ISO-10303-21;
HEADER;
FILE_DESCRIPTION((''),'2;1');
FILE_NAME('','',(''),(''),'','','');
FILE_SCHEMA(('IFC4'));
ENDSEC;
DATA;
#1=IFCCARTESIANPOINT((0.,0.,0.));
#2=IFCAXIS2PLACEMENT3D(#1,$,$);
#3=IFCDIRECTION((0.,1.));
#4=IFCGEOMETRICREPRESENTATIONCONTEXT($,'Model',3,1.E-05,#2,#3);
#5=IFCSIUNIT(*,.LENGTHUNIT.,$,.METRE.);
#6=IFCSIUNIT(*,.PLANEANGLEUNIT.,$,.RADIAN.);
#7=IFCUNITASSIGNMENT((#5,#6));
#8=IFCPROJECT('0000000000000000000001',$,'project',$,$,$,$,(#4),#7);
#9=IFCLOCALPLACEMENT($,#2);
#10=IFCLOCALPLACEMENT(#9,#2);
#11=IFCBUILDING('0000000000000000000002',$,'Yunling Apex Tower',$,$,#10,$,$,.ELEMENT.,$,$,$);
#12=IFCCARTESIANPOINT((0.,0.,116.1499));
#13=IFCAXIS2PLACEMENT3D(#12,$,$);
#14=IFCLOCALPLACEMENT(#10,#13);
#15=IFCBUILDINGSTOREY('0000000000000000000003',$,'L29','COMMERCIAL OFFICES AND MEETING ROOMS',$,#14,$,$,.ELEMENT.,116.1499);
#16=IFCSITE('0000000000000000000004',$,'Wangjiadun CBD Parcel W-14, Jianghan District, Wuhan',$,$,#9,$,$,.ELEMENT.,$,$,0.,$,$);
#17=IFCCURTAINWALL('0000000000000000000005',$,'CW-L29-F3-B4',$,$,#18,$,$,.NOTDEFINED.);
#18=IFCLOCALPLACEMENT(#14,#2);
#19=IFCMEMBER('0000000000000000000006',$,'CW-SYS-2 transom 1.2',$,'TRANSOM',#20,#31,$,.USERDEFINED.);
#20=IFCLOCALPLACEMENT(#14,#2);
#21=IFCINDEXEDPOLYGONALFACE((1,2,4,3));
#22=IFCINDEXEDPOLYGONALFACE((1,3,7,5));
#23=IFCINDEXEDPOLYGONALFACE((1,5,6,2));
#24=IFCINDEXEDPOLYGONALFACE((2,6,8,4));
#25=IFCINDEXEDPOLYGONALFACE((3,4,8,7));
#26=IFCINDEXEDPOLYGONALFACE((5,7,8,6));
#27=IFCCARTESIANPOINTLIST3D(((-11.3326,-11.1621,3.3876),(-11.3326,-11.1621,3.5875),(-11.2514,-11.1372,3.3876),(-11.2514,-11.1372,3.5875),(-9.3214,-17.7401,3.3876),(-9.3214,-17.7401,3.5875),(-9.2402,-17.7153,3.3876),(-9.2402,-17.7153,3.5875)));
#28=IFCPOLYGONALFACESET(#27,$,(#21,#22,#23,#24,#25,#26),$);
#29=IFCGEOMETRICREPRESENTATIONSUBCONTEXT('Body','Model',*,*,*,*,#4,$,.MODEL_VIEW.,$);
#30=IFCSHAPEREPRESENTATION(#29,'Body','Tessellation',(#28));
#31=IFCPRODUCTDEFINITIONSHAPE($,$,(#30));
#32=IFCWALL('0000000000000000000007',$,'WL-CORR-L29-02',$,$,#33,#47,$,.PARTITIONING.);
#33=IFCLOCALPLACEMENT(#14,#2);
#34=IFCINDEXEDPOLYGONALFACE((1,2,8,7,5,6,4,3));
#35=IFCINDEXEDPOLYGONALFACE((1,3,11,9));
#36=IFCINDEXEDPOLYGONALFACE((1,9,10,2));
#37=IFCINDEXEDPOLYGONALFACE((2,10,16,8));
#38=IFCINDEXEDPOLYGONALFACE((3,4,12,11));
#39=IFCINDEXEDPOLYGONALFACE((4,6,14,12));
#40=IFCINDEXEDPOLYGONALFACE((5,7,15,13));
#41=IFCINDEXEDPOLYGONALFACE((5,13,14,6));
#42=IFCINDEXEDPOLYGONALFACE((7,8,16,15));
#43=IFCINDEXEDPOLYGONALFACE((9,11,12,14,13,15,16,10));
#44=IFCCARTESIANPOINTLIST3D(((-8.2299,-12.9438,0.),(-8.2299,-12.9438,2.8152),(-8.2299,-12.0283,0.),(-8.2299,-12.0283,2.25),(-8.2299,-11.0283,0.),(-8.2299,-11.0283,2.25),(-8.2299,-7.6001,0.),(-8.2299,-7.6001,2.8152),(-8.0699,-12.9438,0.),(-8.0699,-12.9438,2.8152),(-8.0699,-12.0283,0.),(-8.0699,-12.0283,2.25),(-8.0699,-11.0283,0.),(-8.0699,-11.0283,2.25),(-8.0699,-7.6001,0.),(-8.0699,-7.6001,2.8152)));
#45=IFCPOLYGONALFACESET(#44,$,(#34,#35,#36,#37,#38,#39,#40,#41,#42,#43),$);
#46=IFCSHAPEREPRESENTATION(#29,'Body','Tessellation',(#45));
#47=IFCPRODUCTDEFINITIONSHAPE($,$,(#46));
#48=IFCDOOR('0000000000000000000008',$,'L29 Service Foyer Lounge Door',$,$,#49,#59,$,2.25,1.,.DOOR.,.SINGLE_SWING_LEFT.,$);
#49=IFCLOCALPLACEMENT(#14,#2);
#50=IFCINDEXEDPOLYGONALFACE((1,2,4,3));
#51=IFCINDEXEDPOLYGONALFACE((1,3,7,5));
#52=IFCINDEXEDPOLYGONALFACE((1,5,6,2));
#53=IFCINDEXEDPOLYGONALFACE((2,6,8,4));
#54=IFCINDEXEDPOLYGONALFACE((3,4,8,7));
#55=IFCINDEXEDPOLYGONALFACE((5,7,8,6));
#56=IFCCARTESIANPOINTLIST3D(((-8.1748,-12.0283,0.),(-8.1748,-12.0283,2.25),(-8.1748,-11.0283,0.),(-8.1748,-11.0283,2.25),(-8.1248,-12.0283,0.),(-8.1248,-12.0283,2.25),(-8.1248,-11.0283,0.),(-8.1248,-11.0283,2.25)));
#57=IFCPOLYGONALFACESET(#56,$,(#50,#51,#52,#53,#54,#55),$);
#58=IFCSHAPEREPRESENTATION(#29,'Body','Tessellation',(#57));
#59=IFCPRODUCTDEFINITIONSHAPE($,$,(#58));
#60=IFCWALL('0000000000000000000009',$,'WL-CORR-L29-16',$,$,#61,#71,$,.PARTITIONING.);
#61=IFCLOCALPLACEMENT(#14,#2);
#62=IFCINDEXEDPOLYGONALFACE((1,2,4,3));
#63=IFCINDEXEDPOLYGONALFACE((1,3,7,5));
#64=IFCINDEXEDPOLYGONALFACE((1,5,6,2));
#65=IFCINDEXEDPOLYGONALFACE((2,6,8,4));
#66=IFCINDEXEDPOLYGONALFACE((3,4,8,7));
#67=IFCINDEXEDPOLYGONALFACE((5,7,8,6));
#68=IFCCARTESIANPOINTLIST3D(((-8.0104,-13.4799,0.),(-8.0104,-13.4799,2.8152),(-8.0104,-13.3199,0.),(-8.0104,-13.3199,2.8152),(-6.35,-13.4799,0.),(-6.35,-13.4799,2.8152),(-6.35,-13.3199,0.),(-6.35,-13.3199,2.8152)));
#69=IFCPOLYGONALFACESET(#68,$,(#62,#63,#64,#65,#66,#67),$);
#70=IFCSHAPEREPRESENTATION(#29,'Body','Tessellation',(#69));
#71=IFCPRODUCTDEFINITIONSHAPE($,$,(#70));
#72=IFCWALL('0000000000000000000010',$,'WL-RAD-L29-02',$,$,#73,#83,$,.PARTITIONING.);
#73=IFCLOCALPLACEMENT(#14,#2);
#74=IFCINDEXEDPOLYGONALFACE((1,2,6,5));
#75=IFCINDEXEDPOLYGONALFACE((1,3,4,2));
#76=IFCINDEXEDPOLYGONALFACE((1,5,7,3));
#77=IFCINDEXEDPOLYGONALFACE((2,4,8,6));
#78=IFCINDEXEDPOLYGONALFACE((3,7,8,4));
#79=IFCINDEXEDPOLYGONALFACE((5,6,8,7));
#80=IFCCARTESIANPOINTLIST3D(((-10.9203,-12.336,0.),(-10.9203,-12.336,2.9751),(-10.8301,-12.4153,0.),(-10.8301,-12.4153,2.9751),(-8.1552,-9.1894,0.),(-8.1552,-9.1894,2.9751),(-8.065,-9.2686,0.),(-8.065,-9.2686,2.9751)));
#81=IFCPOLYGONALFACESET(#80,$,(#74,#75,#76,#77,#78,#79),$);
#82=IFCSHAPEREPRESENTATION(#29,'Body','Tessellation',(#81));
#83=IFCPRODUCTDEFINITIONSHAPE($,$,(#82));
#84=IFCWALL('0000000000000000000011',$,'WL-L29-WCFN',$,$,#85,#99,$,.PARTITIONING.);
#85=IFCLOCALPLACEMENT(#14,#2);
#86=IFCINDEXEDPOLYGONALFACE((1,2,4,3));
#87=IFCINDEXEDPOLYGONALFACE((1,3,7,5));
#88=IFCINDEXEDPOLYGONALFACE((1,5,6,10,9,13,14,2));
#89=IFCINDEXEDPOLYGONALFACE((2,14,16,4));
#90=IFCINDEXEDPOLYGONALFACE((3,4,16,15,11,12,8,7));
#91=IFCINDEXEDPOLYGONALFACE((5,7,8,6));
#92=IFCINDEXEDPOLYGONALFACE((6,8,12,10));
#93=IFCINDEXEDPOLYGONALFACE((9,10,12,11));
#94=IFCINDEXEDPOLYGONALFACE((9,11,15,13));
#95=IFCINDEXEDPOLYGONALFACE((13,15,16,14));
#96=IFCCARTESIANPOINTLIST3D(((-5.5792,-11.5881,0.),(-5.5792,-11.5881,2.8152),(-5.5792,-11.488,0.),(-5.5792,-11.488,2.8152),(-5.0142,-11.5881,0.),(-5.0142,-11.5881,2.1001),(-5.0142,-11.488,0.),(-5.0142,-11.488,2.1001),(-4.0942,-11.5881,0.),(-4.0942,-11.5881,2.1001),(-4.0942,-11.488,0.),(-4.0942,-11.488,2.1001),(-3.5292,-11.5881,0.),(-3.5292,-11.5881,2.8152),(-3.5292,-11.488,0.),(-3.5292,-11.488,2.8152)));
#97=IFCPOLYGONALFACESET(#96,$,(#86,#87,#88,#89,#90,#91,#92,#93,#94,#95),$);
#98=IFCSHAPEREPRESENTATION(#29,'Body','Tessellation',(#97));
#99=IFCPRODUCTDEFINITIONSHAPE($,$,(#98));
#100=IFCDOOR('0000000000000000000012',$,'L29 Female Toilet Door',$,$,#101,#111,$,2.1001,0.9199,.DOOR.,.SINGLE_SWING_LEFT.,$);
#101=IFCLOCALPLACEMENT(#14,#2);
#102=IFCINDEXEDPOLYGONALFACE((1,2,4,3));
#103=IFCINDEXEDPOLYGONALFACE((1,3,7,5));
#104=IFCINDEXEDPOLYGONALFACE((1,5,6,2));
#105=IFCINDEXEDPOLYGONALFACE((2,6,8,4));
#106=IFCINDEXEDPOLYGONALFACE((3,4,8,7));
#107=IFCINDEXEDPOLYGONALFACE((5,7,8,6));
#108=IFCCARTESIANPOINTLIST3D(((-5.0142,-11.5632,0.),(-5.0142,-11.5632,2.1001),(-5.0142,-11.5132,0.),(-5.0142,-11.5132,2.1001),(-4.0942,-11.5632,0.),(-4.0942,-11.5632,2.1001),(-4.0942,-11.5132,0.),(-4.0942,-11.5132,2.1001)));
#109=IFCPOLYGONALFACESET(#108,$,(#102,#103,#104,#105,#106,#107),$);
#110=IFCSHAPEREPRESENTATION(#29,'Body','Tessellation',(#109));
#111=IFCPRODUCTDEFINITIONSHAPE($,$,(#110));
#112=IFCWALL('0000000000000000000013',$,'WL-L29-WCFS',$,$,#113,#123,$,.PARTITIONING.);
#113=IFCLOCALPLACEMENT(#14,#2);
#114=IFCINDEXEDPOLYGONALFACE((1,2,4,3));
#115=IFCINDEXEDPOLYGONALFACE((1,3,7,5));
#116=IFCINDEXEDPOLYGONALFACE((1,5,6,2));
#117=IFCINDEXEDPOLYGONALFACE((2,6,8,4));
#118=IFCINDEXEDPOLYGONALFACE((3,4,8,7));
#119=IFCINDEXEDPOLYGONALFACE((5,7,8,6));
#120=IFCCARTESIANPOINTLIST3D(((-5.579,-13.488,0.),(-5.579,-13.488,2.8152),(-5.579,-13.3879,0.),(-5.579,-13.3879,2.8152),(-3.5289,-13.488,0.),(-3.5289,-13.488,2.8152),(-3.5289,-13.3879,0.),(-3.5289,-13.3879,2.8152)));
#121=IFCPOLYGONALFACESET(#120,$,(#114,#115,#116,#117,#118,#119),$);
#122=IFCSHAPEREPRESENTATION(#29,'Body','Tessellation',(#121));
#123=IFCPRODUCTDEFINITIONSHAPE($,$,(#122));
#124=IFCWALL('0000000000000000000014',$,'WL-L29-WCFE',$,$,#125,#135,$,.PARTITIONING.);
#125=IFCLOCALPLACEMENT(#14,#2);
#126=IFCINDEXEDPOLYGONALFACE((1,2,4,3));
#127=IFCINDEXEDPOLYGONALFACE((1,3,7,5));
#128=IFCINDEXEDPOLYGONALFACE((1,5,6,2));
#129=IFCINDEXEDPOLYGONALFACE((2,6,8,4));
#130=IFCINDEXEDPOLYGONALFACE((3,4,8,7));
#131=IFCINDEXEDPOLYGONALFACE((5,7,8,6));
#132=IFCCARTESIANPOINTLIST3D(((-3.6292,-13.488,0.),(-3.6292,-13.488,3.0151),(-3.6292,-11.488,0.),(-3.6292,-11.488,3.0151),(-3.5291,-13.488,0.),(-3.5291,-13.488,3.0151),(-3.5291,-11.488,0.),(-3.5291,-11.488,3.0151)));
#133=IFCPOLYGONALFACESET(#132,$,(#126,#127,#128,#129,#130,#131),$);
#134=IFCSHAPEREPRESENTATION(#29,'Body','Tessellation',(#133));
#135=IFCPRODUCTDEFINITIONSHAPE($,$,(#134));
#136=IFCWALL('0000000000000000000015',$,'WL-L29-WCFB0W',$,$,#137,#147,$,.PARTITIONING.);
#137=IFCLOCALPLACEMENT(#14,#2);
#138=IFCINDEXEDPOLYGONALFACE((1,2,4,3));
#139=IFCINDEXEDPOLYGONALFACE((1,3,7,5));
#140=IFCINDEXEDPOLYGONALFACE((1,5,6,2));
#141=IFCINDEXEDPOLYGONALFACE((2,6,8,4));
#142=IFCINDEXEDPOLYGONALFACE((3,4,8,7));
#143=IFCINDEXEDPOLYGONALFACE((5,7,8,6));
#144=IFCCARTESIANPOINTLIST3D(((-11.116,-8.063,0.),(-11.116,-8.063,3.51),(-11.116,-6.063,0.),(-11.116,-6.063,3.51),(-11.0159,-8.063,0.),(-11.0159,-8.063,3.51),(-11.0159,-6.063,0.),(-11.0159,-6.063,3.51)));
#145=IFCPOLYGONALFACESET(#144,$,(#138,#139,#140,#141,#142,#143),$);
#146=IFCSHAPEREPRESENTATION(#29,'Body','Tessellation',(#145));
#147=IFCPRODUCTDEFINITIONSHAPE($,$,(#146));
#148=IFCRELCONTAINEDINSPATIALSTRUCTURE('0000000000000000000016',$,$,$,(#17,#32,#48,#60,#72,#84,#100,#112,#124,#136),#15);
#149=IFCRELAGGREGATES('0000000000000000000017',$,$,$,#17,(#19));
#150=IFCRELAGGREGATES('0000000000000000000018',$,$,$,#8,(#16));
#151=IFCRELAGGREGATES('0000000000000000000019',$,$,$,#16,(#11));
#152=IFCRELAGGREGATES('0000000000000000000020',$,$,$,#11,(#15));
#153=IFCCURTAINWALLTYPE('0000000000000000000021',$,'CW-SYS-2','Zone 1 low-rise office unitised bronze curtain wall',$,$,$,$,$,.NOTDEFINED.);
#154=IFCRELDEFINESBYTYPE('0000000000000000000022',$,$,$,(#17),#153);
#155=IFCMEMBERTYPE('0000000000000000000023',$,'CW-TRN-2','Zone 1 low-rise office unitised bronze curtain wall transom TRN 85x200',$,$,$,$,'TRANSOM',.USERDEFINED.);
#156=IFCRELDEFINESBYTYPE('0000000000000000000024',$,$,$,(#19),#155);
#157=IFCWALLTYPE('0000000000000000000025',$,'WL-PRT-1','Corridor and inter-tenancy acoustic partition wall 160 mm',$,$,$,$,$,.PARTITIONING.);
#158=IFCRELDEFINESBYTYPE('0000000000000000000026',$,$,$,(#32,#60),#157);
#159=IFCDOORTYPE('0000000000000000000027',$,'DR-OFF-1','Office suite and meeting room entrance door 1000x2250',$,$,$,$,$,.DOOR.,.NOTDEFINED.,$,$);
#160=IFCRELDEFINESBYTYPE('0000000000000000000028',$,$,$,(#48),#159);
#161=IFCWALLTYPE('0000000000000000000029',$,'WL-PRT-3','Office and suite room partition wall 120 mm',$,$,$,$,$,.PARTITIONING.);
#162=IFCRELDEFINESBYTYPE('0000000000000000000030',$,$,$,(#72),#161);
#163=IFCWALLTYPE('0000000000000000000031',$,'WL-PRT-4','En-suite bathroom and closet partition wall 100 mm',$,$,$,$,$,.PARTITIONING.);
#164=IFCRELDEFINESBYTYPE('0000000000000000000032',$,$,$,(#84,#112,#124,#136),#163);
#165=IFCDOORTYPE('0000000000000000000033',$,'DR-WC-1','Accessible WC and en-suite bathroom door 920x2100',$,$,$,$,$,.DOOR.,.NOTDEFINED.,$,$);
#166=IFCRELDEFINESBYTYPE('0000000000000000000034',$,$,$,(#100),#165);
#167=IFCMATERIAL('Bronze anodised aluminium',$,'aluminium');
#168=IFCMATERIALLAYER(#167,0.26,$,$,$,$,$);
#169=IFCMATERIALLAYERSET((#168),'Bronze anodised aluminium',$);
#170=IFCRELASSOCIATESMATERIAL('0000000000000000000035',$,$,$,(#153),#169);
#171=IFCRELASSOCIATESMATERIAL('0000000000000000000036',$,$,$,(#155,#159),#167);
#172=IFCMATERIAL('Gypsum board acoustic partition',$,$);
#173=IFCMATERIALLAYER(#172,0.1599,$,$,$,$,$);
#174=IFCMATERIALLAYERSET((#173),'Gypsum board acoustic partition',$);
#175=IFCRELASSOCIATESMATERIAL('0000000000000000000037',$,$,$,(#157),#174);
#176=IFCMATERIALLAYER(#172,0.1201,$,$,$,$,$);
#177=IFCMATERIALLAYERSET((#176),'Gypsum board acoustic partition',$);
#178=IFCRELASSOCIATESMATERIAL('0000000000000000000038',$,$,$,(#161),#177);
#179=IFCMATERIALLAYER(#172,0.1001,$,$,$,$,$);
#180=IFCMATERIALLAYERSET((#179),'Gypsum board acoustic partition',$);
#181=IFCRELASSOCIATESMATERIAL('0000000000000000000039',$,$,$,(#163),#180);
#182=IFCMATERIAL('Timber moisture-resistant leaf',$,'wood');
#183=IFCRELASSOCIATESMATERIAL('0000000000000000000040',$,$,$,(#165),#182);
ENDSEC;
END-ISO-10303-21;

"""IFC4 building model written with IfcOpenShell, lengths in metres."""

from ifc_helpers import new_model, si_unit, direction, frame, frame_2d, origin, origin_2d, place, context, subcontext, project, spatial, rectangle, extrude, source, transform, mapped, material, layer, layer_set, material_profile, profile_set, type_object, element, fill, aggregate, save


model = new_model("IFC4")

# Units and contexts
model_context = context("Model", 3, precision=1e-05, world=origin(), true_north=direction((0.0, 1.0)))
body_context = subcontext(model_context, "Body", "Model", "MODEL_VIEW")
ifc_project = project(units=[si_unit("LENGTHUNIT", "METRE"), si_unit("PLANEANGLEUNIT", "RADIAN")], contexts=[model_context])

# Site, building, storey
site_placement = place(None, origin())
site = spatial("IfcSite", under=ifc_project, at=site_placement, Name="Wangjiadun CBD Parcel W-14, Jianghan District, Wuhan", CompositionType="ELEMENT", RefElevation=0.0)
building_placement = place(site_placement, origin())
building = spatial("IfcBuilding", under=site, at=building_placement, Name="Yunling Apex Tower", CompositionType="ELEMENT")
storey_placement = place(building_placement, frame((0.0, 0.0, 116.1499)))
storey = spatial("IfcBuildingStorey", under=building, at=storey_placement, Name="L29", Description="COMMERCIAL OFFICES AND MEETING ROOMS", CompositionType="ELEMENT", Elevation=116.1499)

# Shared definitions
ifc_material_1 = material(Name="Bronze anodised aluminium", Category="aluminium")
ifc_layer_1 = layer(ifc_material_1, 0.26)
ifc_layer_set_1 = layer_set([ifc_layer_1], Name="Bronze anodised aluminium")
curtain_wall_type = type_object("IfcCurtainWallType", Name="CW-SYS-2", Description="Zone 1 low-rise office unitised bronze curtain wall", PredefinedType="NOTDEFINED", material=ifc_layer_set_1)

# Curtain wall, member
curtain_wall_1_placement = place(storey_placement, origin())
curtain_wall_1 = element("IfcCurtainWall", 1, at=curtain_wall_1_placement, inside=storey, type_object=curtain_wall_type, Name="CW-L29-F3-B4", PredefinedType="NOTDEFINED")
ifc_material_profile_1 = material_profile(ifc_material_1, rectangle(XDim=0.085, YDim=0.2, at=origin_2d()))
ifc_profile_set_1 = profile_set([ifc_material_profile_1], Name="Bronze anodised aluminium")
member_type_1 = type_object("IfcMemberType", Name="CW-TRN-2", Description="Zone 1 low-rise office unitised bronze curtain wall transom TRN 85x200", ElementType="TRANSOM", PredefinedType="USERDEFINED", material=ifc_profile_set_1)
shared_shape_1 = source(origin(), body_context, "Body", "SweptSolid", [
    extrude(rectangle(XDim=0.085, YDim=0.2, at=origin_2d()), origin(), (0.0, 0.0, 1.0), 6.8787),
])
member_1_placement = place(storey_placement, frame((-11.292, -11.1497, 3.4875), z_axis=(0.292384, -0.956301, 0.0), x_axis=(0.956301, 0.292384, 0.0)))
member_1 = element("IfcMember", 2, at=member_1_placement, type_object=member_type_1, Name="CW-SYS-2 transom 1.2", ObjectType="TRANSOM", PredefinedType="USERDEFINED", context=body_context, shape_type="MappedRepresentation", body=[
    mapped(shared_shape_1, transform((0.0, 0.0, 0.0), scale=1.0)),
])
aggregate(curtain_wall_1, [member_1])

# Wall, opening, door
ifc_material_2 = material(Name="Gypsum board acoustic partition")
ifc_layer_2 = layer(ifc_material_2, 0.1599)
ifc_layer_set_2 = layer_set([ifc_layer_2], Name="Gypsum board acoustic partition")
wall_type_1 = type_object("IfcWallType", Name="WL-PRT-1", Description="Corridor and inter-tenancy acoustic partition wall 160 mm", PredefinedType="PARTITIONING", material=ifc_layer_set_2)
wall_1_placement = place(storey_placement, frame((-8.1499, -12.9438, 0.0), z_axis=(0.0, 0.0, 1.0), x_axis=(0.0, 1.0, 0.0)))
wall_1 = element("IfcWall", 3, at=wall_1_placement, inside=storey, type_object=wall_type_1, Name="WL-CORR-L29-02", PredefinedType="PARTITIONING", context=body_context, shape_type="SweptSolid", body=[
    extrude(rectangle(XDim=5.3438, YDim=0.1599, at=frame_2d((2.6719, 0.0))), origin(), (0.0, 0.0, 1.0), 2.8152),
])
opening_1_placement = place(wall_1_placement, frame((0.9155, 0.0, 0.0)))
opening_1 = element("IfcOpeningElement", 4, at=opening_1_placement, cuts=wall_1, PredefinedType="OPENING", context=body_context, shape_type="SweptSolid", body=[
    extrude(rectangle(XDim=1.0, YDim=2.25, at=frame_2d((0.5, 1.125))), frame((0.0, 0.0898, 0.0), z_axis=(0.0, -1.0, 0.0), x_axis=(1.0, 0.0, 0.0)), (0.0, 0.0, 1.0), 0.1799),
])
door_type_1 = type_object("IfcDoorType", Name="DR-OFF-1", Description="Office suite and meeting room entrance door 1000x2250", OperationType="NOTDEFINED", PredefinedType="DOOR", material=ifc_material_1)
door_1_placement = place(opening_1_placement, origin())
door_1 = element("IfcDoor", 5, at=door_1_placement, inside=storey, type_object=door_type_1, Name="L29 Service Foyer Lounge Door", OperationType="SINGLE_SWING_LEFT", OverallHeight=2.25, OverallWidth=1.0, PredefinedType="DOOR", context=body_context, shape_type="SweptSolid", body=[
    extrude(rectangle(XDim=1.0, YDim=2.25, at=frame_2d((0.5, 1.125))), frame((0.0, 0.0249, 0.0), z_axis=(0.0, -1.0, 0.0), x_axis=(1.0, 0.0, 0.0)), (0.0, 0.0, 1.0), 0.05),
])
fill(opening_1, door_1)

# Walls
wall_2_placement = place(storey_placement, frame((-6.3501, -13.3999, 0.0), z_axis=(0.0, 0.0, 1.0), x_axis=(-1.0, 0.0, 0.0)))
element("IfcWall", 6, at=wall_2_placement, inside=storey, type_object=wall_type_1, Name="WL-CORR-L29-16", PredefinedType="PARTITIONING", context=body_context, shape_type="SweptSolid", body=[
    extrude(rectangle(XDim=1.6604, YDim=0.1599, at=frame_2d((0.8301, 0.0))), origin(), (0.0, 0.0, 1.0), 2.8152),
])
ifc_layer_3 = layer(ifc_material_2, 0.1201)
ifc_layer_set_3 = layer_set([ifc_layer_3], Name="Gypsum board acoustic partition")
wall_type_2 = type_object("IfcWallType", Name="WL-PRT-3", Description="Office and suite room partition wall 120 mm", PredefinedType="PARTITIONING", material=ifc_layer_set_3)
wall_3_placement = place(storey_placement, frame((-8.1101, -9.229, 0.0), z_axis=(0.0, 0.0, 1.0), x_axis=(-0.660092, -0.751185, 0.0)))
element("IfcWall", 7, at=wall_3_placement, inside=storey, type_object=wall_type_2, Name="WL-RAD-L29-02", PredefinedType="PARTITIONING", context=body_context, shape_type="SweptSolid", body=[
    extrude(rectangle(XDim=4.189, YDim=0.1201, at=frame_2d((2.0945, 0.0))), origin(), (0.0, 0.0, 1.0), 2.9751),
])

# Wall, opening, door
ifc_layer_4 = layer(ifc_material_2, 0.1001)
ifc_layer_set_4 = layer_set([ifc_layer_4], Name="Gypsum board acoustic partition")
wall_type_3 = type_object("IfcWallType", Name="WL-PRT-4", Description="En-suite bathroom and closet partition wall 100 mm", PredefinedType="PARTITIONING", material=ifc_layer_set_4)
wall_4_placement = place(storey_placement, frame((-5.5791, -11.5381, 0.0), z_axis=(0.0, 0.0, 1.0), x_axis=(1.0, 0.0, 0.0)))
wall_4 = element("IfcWall", 8, at=wall_4_placement, inside=storey, type_object=wall_type_3, Name="WL-L29-WCFN", PredefinedType="PARTITIONING", context=body_context, shape_type="SweptSolid", body=[
    extrude(rectangle(XDim=2.05, YDim=0.1001, at=frame_2d((1.0249, 0.0))), origin(), (0.0, 0.0, 1.0), 2.8152),
])
opening_2_placement = place(wall_4_placement, frame((0.5649, 0.0, 0.0)))
opening_2 = element("IfcOpeningElement", 9, at=opening_2_placement, cuts=wall_4, PredefinedType="OPENING", context=body_context, shape_type="SweptSolid", body=[
    extrude(rectangle(XDim=0.9199, YDim=2.1001, at=frame_2d((0.46, 1.05))), frame((0.0, 0.0601, 0.0), z_axis=(0.0, -1.0, 0.0), x_axis=(1.0, 0.0, 0.0)), (0.0, 0.0, 1.0), 0.1201),
])
ifc_material_3 = material(Name="Timber moisture-resistant leaf", Category="wood")
door_type_2 = type_object("IfcDoorType", Name="DR-WC-1", Description="Accessible WC and en-suite bathroom door 920x2100", OperationType="NOTDEFINED", PredefinedType="DOOR", material=ifc_material_3)
door_2_placement = place(opening_2_placement, origin())
door_2 = element("IfcDoor", 10, at=door_2_placement, inside=storey, type_object=door_type_2, Name="L29 Female Toilet Door", OperationType="SINGLE_SWING_LEFT", OverallHeight=2.1001, OverallWidth=0.9199, PredefinedType="DOOR", context=body_context, shape_type="SweptSolid", body=[
    extrude(rectangle(XDim=0.9199, YDim=2.1001, at=frame_2d((0.46, 1.05))), frame((0.0, 0.0249, 0.0), z_axis=(0.0, -1.0, 0.0), x_axis=(1.0, 0.0, 0.0)), (0.0, 0.0, 1.0), 0.05),
])
fill(opening_2, door_2)

# Walls
wall_5_placement = place(storey_placement, frame((-3.5291, -13.438, 0.0), z_axis=(0.0, 0.0, 1.0), x_axis=(-1.0, 0.0, 0.0)))
element("IfcWall", 11, at=wall_5_placement, inside=storey, type_object=wall_type_3, Name="WL-L29-WCFS", PredefinedType="PARTITIONING", context=body_context, shape_type="SweptSolid", body=[
    extrude(rectangle(XDim=2.05, YDim=0.1001, at=frame_2d((1.0249, 0.0))), origin(), (0.0, 0.0, 1.0), 2.8152),
])
wall_6_placement = place(storey_placement, frame((-3.5791, -11.488, 0.0), z_axis=(0.0, 0.0, 1.0), x_axis=(0.0, -1.0, 0.0)))
element("IfcWall", 12, at=wall_6_placement, inside=storey, type_object=wall_type_3, Name="WL-L29-WCFE", PredefinedType="PARTITIONING", context=body_context, shape_type="SweptSolid", body=[
    extrude(rectangle(XDim=2.0, YDim=0.1001, at=frame_2d((1.0, 0.0))), origin(), (0.0, 0.0, 1.0), 3.0151),
])
wall_7_placement = place(storey_placement, frame((-11.0659, -8.063, 0.0), z_axis=(0.0, 0.0, 1.0), x_axis=(0.0, 1.0, 0.0)))
element("IfcWall", 13, at=wall_7_placement, inside=storey, type_object=wall_type_3, Name="WL-L29-WCFB0W", PredefinedType="PARTITIONING", context=body_context, shape_type="SweptSolid", body=[
    extrude(rectangle(XDim=2.0, YDim=0.1001, at=frame_2d((1.0, 0.0))), origin(), (0.0, 0.0, 1.0), 3.51),
])

save(model, "model.ifc")
